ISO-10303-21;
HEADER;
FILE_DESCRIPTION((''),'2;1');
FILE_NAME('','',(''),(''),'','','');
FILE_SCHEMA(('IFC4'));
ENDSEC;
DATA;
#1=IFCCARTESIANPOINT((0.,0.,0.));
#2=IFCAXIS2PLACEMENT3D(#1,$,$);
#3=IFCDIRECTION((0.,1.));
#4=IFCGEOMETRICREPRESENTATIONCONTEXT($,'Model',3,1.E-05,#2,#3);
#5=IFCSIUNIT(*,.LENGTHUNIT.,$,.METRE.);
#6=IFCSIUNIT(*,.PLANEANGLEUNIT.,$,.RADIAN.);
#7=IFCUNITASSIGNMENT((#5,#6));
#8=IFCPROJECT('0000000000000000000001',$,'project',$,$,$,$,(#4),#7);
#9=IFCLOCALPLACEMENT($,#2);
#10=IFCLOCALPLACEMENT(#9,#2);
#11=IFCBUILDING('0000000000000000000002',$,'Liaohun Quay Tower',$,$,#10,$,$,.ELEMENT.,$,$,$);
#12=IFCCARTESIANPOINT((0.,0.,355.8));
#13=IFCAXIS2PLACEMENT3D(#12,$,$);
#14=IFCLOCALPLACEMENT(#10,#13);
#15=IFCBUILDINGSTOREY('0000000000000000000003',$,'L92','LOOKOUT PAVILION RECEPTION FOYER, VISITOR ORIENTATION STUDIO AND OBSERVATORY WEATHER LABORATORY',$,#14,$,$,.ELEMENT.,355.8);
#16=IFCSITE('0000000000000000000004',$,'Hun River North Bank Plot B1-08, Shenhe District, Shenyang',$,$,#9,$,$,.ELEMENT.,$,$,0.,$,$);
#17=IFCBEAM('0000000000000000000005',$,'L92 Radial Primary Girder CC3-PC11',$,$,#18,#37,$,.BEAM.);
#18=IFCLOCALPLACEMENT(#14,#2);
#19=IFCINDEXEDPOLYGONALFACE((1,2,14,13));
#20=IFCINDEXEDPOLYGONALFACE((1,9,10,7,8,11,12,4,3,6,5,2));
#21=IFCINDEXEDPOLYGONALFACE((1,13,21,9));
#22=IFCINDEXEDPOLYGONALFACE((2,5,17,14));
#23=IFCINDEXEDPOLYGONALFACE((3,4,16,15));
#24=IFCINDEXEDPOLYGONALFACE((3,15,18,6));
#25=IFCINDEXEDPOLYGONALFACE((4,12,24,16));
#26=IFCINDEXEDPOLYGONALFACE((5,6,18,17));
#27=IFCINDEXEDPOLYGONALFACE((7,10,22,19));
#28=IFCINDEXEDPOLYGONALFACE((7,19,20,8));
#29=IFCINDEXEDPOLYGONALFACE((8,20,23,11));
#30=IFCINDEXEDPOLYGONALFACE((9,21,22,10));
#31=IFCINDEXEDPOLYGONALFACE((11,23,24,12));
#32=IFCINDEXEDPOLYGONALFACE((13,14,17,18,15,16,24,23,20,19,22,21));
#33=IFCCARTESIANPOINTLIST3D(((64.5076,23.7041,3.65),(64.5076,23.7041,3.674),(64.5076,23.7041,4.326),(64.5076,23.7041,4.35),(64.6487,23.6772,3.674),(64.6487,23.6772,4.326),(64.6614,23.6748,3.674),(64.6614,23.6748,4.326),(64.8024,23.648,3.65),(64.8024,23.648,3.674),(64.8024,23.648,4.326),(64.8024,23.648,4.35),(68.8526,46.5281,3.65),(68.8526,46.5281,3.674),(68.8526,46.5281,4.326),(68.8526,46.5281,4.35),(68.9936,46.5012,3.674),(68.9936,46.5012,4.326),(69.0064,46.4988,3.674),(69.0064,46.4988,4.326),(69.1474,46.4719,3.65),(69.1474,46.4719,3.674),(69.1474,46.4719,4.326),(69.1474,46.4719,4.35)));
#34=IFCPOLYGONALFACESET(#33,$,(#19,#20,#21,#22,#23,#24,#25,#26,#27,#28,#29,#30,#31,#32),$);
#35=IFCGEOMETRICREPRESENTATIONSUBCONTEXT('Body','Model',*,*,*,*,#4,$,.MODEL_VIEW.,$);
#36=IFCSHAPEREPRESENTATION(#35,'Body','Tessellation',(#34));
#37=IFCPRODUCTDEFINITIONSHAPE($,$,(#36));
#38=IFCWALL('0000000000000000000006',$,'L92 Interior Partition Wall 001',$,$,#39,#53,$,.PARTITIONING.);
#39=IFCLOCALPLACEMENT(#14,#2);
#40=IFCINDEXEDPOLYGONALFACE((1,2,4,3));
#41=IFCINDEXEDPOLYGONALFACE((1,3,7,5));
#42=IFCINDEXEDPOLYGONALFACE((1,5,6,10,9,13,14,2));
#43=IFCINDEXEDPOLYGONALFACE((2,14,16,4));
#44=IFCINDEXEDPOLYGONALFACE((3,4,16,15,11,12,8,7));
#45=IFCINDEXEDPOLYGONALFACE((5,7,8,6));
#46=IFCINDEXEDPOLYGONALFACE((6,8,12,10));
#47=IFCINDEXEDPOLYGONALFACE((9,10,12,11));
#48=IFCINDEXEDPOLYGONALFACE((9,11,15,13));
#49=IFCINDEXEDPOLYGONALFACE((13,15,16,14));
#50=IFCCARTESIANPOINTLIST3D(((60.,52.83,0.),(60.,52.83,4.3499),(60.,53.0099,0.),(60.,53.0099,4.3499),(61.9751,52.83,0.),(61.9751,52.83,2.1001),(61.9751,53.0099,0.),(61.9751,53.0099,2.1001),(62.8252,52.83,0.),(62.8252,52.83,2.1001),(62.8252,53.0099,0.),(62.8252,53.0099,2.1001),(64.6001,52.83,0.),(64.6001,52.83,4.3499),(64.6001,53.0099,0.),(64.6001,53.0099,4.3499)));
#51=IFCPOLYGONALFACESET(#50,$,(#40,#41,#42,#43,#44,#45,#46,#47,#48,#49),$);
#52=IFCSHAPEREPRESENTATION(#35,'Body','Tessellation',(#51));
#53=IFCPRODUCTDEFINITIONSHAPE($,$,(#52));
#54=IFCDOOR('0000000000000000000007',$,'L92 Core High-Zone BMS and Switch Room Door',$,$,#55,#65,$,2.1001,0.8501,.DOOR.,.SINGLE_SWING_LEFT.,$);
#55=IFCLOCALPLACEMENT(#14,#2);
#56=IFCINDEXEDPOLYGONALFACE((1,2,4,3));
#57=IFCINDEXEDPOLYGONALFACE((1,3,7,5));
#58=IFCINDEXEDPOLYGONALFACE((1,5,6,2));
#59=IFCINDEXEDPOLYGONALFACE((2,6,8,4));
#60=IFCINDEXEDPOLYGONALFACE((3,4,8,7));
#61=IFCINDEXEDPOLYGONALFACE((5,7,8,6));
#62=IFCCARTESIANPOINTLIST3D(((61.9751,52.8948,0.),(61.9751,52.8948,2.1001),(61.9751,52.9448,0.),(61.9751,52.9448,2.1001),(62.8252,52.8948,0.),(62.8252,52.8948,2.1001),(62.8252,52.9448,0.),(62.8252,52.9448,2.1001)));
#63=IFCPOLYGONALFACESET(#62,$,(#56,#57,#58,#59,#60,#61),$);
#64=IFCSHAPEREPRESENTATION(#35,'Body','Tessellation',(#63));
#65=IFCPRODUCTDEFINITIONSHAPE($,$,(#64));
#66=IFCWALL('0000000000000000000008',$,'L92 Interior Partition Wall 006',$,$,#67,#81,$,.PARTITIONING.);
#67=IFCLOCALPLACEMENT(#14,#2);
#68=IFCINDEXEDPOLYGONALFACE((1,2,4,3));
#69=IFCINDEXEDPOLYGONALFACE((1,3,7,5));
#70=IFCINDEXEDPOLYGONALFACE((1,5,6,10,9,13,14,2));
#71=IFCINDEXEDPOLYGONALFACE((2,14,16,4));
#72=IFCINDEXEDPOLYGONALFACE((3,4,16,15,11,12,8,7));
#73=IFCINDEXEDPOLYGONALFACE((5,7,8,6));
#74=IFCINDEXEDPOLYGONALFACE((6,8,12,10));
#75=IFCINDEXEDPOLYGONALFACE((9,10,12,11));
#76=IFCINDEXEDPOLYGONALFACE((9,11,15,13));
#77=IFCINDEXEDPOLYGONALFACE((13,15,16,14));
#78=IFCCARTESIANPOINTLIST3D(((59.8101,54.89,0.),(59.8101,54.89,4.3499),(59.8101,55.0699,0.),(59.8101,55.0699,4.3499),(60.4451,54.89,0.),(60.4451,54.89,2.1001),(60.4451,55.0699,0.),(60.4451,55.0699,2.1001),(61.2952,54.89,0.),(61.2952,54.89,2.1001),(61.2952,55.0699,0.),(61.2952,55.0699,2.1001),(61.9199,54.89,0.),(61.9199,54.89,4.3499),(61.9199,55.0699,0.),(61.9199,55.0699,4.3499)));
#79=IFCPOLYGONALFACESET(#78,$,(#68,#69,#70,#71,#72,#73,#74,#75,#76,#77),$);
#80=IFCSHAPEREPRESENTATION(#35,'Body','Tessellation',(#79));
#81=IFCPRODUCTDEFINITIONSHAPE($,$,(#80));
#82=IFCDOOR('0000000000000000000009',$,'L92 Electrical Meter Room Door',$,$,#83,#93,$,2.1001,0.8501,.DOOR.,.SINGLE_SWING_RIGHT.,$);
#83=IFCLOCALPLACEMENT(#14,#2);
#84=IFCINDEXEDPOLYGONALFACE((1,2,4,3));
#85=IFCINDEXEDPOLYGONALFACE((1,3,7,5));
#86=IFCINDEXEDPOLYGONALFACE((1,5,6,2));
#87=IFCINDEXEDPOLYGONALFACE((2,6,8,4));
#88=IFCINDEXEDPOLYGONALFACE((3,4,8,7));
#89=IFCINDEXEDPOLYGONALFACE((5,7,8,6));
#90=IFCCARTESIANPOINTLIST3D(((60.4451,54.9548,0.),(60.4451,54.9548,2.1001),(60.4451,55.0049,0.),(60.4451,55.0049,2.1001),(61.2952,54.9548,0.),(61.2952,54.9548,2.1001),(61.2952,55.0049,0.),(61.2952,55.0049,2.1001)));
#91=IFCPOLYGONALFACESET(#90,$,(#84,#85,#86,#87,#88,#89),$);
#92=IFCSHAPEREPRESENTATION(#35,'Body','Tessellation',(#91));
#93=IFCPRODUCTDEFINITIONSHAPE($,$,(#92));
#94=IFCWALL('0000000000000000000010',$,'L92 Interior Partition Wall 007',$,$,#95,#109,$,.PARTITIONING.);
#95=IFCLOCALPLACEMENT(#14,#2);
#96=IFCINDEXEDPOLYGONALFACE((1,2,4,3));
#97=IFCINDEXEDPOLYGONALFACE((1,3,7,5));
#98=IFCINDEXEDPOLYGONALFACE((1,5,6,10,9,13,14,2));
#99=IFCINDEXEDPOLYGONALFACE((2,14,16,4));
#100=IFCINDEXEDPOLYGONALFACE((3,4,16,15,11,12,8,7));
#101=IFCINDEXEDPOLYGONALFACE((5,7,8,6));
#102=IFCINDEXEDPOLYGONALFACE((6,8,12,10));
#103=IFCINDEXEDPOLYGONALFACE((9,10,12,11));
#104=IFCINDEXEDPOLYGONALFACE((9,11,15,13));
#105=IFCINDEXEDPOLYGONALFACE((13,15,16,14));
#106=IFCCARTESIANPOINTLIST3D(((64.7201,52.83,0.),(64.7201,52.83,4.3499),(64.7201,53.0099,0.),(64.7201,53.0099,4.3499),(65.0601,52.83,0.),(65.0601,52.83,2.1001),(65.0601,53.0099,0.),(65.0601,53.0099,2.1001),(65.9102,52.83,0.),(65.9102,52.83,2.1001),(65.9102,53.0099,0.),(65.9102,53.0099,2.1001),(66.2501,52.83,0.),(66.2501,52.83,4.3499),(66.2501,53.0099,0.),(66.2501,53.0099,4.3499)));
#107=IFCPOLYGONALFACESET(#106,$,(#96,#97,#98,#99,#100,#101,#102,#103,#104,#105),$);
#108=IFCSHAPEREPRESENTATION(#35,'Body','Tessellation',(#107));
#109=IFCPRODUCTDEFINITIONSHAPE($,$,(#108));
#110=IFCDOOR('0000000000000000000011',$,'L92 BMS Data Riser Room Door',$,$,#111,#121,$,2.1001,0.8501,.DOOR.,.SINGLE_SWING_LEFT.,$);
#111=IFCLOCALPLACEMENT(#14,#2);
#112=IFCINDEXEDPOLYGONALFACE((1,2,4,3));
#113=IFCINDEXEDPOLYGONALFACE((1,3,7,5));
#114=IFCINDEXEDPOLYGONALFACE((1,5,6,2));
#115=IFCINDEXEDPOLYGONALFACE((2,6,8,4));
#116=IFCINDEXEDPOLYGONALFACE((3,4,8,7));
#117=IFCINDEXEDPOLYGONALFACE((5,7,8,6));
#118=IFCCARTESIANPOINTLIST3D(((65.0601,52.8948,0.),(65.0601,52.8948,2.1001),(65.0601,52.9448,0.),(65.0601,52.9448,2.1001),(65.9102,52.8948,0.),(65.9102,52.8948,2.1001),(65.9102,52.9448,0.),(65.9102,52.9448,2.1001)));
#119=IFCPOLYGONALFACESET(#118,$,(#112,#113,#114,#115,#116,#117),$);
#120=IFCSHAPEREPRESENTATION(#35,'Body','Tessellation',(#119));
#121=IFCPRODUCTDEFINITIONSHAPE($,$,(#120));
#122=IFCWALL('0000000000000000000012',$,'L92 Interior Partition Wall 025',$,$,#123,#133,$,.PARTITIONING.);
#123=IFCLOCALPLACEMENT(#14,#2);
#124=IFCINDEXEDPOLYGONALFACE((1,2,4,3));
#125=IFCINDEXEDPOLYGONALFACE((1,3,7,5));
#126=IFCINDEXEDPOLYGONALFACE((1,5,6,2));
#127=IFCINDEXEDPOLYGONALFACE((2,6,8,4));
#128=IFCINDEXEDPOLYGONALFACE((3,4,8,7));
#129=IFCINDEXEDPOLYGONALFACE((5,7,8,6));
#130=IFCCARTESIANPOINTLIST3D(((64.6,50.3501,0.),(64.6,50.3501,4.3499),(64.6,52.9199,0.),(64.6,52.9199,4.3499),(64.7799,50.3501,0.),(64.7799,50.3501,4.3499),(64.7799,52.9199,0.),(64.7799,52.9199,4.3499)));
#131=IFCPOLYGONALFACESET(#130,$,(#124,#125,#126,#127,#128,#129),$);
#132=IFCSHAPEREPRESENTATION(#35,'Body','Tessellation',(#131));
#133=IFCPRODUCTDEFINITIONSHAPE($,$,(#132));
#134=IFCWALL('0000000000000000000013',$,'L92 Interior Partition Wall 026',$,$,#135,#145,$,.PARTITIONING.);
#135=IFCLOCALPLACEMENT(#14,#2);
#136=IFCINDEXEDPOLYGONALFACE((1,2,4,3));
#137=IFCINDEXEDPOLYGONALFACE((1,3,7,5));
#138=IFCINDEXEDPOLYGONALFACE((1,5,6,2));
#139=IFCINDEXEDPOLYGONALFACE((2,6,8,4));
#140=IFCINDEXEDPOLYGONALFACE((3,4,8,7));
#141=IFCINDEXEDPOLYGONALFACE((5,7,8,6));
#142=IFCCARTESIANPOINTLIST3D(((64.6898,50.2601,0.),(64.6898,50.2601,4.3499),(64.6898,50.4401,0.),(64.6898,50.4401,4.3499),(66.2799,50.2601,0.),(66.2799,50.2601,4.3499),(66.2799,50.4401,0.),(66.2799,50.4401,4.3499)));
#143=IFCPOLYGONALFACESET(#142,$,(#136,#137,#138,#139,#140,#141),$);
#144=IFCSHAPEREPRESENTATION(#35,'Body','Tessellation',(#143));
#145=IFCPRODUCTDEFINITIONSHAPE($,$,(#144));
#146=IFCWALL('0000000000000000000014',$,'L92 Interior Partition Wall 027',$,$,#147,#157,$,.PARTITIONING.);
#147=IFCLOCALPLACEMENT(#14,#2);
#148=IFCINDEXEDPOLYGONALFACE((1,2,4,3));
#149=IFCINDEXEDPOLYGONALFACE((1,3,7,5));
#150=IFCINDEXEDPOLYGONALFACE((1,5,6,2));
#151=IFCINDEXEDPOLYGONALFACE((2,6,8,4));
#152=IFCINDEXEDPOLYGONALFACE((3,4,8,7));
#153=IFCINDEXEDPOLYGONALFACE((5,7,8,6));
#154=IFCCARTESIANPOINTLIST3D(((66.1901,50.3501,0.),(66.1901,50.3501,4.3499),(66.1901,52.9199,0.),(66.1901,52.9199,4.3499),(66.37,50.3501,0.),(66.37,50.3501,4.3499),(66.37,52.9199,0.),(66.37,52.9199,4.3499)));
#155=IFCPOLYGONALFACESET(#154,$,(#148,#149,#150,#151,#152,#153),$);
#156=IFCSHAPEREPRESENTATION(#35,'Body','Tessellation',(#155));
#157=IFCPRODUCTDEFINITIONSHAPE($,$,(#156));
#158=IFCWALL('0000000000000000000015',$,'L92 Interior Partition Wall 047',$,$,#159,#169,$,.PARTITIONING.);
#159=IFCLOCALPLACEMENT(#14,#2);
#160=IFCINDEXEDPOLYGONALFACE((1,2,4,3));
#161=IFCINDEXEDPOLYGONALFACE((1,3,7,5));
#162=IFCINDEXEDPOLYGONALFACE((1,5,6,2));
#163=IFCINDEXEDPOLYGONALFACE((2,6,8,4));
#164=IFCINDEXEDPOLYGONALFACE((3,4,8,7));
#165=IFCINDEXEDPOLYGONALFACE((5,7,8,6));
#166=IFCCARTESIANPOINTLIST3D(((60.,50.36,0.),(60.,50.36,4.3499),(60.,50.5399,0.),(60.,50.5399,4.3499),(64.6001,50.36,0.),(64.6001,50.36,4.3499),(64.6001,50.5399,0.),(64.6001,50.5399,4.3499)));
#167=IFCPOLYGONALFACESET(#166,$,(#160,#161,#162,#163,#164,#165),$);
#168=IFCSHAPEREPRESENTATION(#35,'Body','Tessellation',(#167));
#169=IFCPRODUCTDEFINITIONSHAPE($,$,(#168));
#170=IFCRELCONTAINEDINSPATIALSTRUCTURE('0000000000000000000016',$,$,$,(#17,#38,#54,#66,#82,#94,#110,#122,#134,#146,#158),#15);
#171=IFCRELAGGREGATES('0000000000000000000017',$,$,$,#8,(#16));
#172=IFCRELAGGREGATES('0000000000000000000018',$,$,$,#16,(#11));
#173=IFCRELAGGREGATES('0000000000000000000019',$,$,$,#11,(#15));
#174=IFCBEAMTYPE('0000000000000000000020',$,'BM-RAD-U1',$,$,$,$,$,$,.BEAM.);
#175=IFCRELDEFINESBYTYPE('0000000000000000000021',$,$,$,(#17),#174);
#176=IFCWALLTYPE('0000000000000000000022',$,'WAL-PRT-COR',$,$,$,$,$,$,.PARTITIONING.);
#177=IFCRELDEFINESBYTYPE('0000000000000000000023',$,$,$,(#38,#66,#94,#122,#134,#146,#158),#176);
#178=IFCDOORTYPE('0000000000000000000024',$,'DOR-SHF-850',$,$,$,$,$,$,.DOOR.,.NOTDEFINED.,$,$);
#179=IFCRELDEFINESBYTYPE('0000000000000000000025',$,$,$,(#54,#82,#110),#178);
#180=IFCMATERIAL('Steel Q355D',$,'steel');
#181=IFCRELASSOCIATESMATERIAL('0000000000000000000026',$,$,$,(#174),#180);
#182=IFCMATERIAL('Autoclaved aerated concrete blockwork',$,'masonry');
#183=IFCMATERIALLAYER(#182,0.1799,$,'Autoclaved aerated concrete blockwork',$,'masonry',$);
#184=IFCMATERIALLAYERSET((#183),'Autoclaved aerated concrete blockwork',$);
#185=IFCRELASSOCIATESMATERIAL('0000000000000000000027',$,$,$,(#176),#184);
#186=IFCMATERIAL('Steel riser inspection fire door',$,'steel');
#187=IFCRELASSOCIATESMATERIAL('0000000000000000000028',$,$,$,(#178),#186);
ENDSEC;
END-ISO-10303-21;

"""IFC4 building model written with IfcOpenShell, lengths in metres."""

from ifc_helpers import new_model, si_unit, direction, frame, frame_2d, origin, origin_2d, place, context, subcontext, project, spatial, rectangle, i_section, extrude, source, transform, mapped, material, layer, layer_set, material_profile, profile_set, type_object, element, fill, save


model = new_model("IFC4")

# Units and contexts
model_context = context("Model", 3, precision=1e-05, world=origin(), true_north=direction((0.0, 1.0)))
body_context = subcontext(model_context, "Body", "Model", "MODEL_VIEW")
ifc_project = project(units=[si_unit("LENGTHUNIT", "METRE"), si_unit("PLANEANGLEUNIT", "RADIAN")], contexts=[model_context])

# Site, building, storey
site_placement = place(None, origin())
site = spatial("IfcSite", under=ifc_project, at=site_placement, Name="Hun River North Bank Plot B1-08, Shenhe District, Shenyang", CompositionType="ELEMENT", RefElevation=0.0)
building_placement = place(site_placement, origin())
building = spatial("IfcBuilding", under=site, at=building_placement, Name="Liaohun Quay Tower", CompositionType="ELEMENT")
storey_placement = place(building_placement, frame((0.0, 0.0, 355.8)))
storey = spatial("IfcBuildingStorey", under=building, at=storey_placement, Name="L92", Description="LOOKOUT PAVILION RECEPTION FOYER, VISITOR ORIENTATION STUDIO AND OBSERVATORY WEATHER LABORATORY", CompositionType="ELEMENT", Elevation=355.8)

# Beam
ifc_material_1 = material(Name="Steel Q355D", Category="steel")
ifc_material_profile = material_profile(ifc_material_1, i_section(OverallWidth=0.3, OverallDepth=0.7, WebThickness=0.0129, FlangeThickness=0.0239, at=origin_2d()), Name="HN700x300x13x24")
ifc_profile_set = profile_set([ifc_material_profile], Name="Steel Q355D")
beam_type = type_object("IfcBeamType", Name="BM-RAD-U1", PredefinedType="BEAM", material=ifc_profile_set)
shared_shape_1 = source(origin(), body_context, "Body", "SweptSolid", [
    extrude(i_section(OverallWidth=0.3, OverallDepth=0.7, WebThickness=0.0129, FlangeThickness=0.0239, at=origin_2d()), origin(), (0.0, 0.0, 1.0), 23.2339),
])
beam_placement = place(storey_placement, frame((69.0, 46.5, 4.0), z_axis=(-0.18701, -0.982358, 0.0), x_axis=(0.982358, -0.18701, 0.0)))
element("IfcBeam", 1, at=beam_placement, inside=storey, type_object=beam_type, Name="L92 Radial Primary Girder CC3-PC11", PredefinedType="BEAM", context=body_context, shape_type="MappedRepresentation", body=[
    mapped(shared_shape_1, transform((0.0, 0.0, 0.0), x_axis=(1.0, 0.0, 0.0), y_axis=(0.0, 1.0, 0.0), z_axis=(0.0, 0.0, 1.0), scale=1.0)),
])

# Walls, openings, doors
ifc_material_2 = material(Name="Autoclaved aerated concrete blockwork", Category="masonry")
ifc_layer_1 = layer(ifc_material_2, 0.1799, Name="Autoclaved aerated concrete blockwork", Category="masonry")
ifc_layer_set_1 = layer_set([ifc_layer_1], Name="Autoclaved aerated concrete blockwork")
wall_type_1 = type_object("IfcWallType", Name="WAL-PRT-COR", PredefinedType="PARTITIONING", material=ifc_layer_set_1)
wall_1_placement = place(storey_placement, frame((60.0, 52.9199, 0.0), z_axis=(0.0, 0.0, 1.0), x_axis=(1.0, 0.0, 0.0)))
wall_1 = element("IfcWall", 2, at=wall_1_placement, inside=storey, type_object=wall_type_1, Name="L92 Interior Partition Wall 001", PredefinedType="PARTITIONING", context=body_context, shape_type="SweptSolid", body=[
    extrude(rectangle(XDim=4.6001, YDim=0.1799, at=frame_2d((2.3, 0.0))), origin(), (0.0, 0.0, 1.0), 4.3499),
])
shared_shape_2 = source(origin(), body_context, "Body", "SweptSolid", [
    extrude(rectangle(XDim=0.8501, YDim=2.1001, at=frame_2d((0.425, 1.05))), frame((0.0, 0.0999, 0.0), z_axis=(0.0, -1.0, 0.0), x_axis=(1.0, 0.0, 0.0)), (0.0, 0.0, 1.0), 0.2),
])
opening_1_placement = place(wall_1_placement, frame((1.9751, 0.0, 0.0)))
opening_1 = element("IfcOpeningElement", 3, at=opening_1_placement, cuts=wall_1, PredefinedType="OPENING", context=body_context, shape_type="MappedRepresentation", body=[
    mapped(shared_shape_2, transform((0.0, 0.0, 0.0), x_axis=(1.0, 0.0, 0.0), y_axis=(0.0, 1.0, 0.0), z_axis=(0.0, 0.0, 1.0), scale=1.0)),
])
ifc_material_3 = material(Name="Steel riser inspection fire door", Category="steel")
door_type_1 = type_object("IfcDoorType", Name="DOR-SHF-850", OperationType="NOTDEFINED", PredefinedType="DOOR", material=ifc_material_3)
shared_shape_3 = source(origin(), body_context, "Body", "SweptSolid", [
    extrude(rectangle(XDim=0.8501, YDim=2.1001, at=frame_2d((0.425, 1.05))), frame((0.0, 0.0249, 0.0), z_axis=(0.0, -1.0, 0.0), x_axis=(1.0, 0.0, 0.0)), (0.0, 0.0, 1.0), 0.05),
])
door_1_placement = place(opening_1_placement, origin())
door_1 = element("IfcDoor", 4, at=door_1_placement, inside=storey, type_object=door_type_1, Name="L92 Core High-Zone BMS and Switch Room Door", OperationType="SINGLE_SWING_LEFT", OverallHeight=2.1001, OverallWidth=0.8501, PredefinedType="DOOR", context=body_context, shape_type="MappedRepresentation", body=[
    mapped(shared_shape_3, transform((0.0, 0.0, 0.0), x_axis=(1.0, 0.0, 0.0), y_axis=(0.0, 1.0, 0.0), z_axis=(0.0, 0.0, 1.0), scale=1.0)),
])
fill(opening_1, door_1)
wall_2_placement = place(storey_placement, frame((59.8101, 54.98, 0.0), z_axis=(0.0, 0.0, 1.0), x_axis=(1.0, 0.0, 0.0)))
wall_2 = element("IfcWall", 5, at=wall_2_placement, inside=storey, type_object=wall_type_1, Name="L92 Interior Partition Wall 006", PredefinedType="PARTITIONING", context=body_context, shape_type="SweptSolid", body=[
    extrude(rectangle(XDim=2.1099, YDim=0.1799, at=frame_2d((1.0549, 0.0))), origin(), (0.0, 0.0, 1.0), 4.3499),
])
opening_2_placement = place(wall_2_placement, frame((0.635, 0.0, 0.0)))
opening_2 = element("IfcOpeningElement", 6, at=opening_2_placement, cuts=wall_2, PredefinedType="OPENING", context=body_context, shape_type="MappedRepresentation", body=[
    mapped(shared_shape_2, transform((0.0, 0.0, 0.0), x_axis=(1.0, 0.0, 0.0), y_axis=(0.0, 1.0, 0.0), z_axis=(0.0, 0.0, 1.0), scale=1.0)),
])
door_2_placement = place(opening_2_placement, origin())
door_2 = element("IfcDoor", 7, at=door_2_placement, inside=storey, type_object=door_type_1, Name="L92 Electrical Meter Room Door", OperationType="SINGLE_SWING_RIGHT", OverallHeight=2.1001, OverallWidth=0.8501, PredefinedType="DOOR", context=body_context, shape_type="MappedRepresentation", body=[
    mapped(shared_shape_3, transform((0.0, 0.0, 0.0), x_axis=(1.0, 0.0, 0.0), y_axis=(0.0, 1.0, 0.0), z_axis=(0.0, 0.0, 1.0), scale=1.0)),
])
fill(opening_2, door_2)
wall_3_placement = place(storey_placement, frame((64.72, 52.9199, 0.0), z_axis=(0.0, 0.0, 1.0), x_axis=(1.0, 0.0, 0.0)))
wall_3 = element("IfcWall", 8, at=wall_3_placement, inside=storey, type_object=wall_type_1, Name="L92 Interior Partition Wall 007", PredefinedType="PARTITIONING", context=body_context, shape_type="SweptSolid", body=[
    extrude(rectangle(XDim=1.53, YDim=0.1799, at=frame_2d((0.7651, 0.0))), origin(), (0.0, 0.0, 1.0), 4.3499),
])
opening_3_placement = place(wall_3_placement, frame((0.3401, 0.0, 0.0)))
opening_3 = element("IfcOpeningElement", 9, at=opening_3_placement, cuts=wall_3, PredefinedType="OPENING", context=body_context, shape_type="MappedRepresentation", body=[
    mapped(shared_shape_2, transform((0.0, 0.0, 0.0), x_axis=(1.0, 0.0, 0.0), y_axis=(0.0, 1.0, 0.0), z_axis=(0.0, 0.0, 1.0), scale=1.0)),
])
door_3_placement = place(opening_3_placement, origin())
door_3 = element("IfcDoor", 10, at=door_3_placement, inside=storey, type_object=door_type_1, Name="L92 BMS Data Riser Room Door", OperationType="SINGLE_SWING_LEFT", OverallHeight=2.1001, OverallWidth=0.8501, PredefinedType="DOOR", context=body_context, shape_type="MappedRepresentation", body=[
    mapped(shared_shape_3, transform((0.0, 0.0, 0.0), x_axis=(1.0, 0.0, 0.0), y_axis=(0.0, 1.0, 0.0), z_axis=(0.0, 0.0, 1.0), scale=1.0)),
])
fill(opening_3, door_3)

# Walls
wall_4_placement = place(storey_placement, frame((64.6899, 50.3501, 0.0), z_axis=(0.0, 0.0, 1.0), x_axis=(0.0, 1.0, 0.0)))
element("IfcWall", 11, at=wall_4_placement, inside=storey, type_object=wall_type_1, Name="L92 Interior Partition Wall 025", PredefinedType="PARTITIONING", context=body_context, shape_type="SweptSolid", body=[
    extrude(rectangle(XDim=2.5698, YDim=0.1799, at=frame_2d((1.2849, 0.0))), origin(), (0.0, 0.0, 1.0), 4.3499),
])
wall_5_placement = place(storey_placement, frame((64.6899, 50.3501, 0.0), z_axis=(0.0, 0.0, 1.0), x_axis=(1.0, 0.0, 0.0)))
element("IfcWall", 12, at=wall_5_placement, inside=storey, type_object=wall_type_1, Name="L92 Interior Partition Wall 026", PredefinedType="PARTITIONING", context=body_context, shape_type="SweptSolid", body=[
    extrude(rectangle(XDim=1.5901, YDim=0.1799, at=frame_2d((0.7949, 0.0))), origin(), (0.0, 0.0, 1.0), 4.3499),
])
wall_6_placement = place(storey_placement, frame((66.28, 50.3501, 0.0), z_axis=(0.0, 0.0, 1.0), x_axis=(0.0, 1.0, 0.0)))
element("IfcWall", 13, at=wall_6_placement, inside=storey, type_object=wall_type_1, Name="L92 Interior Partition Wall 027", PredefinedType="PARTITIONING", context=body_context, shape_type="SweptSolid", body=[
    extrude(rectangle(XDim=2.5698, YDim=0.1799, at=frame_2d((1.2849, 0.0))), origin(), (0.0, 0.0, 1.0), 4.3499),
])
wall_7_placement = place(storey_placement, frame((60.0, 50.45, 0.0), z_axis=(0.0, 0.0, 1.0), x_axis=(1.0, 0.0, 0.0)))
element("IfcWall", 14, at=wall_7_placement, inside=storey, type_object=wall_type_1, Name="L92 Interior Partition Wall 047", PredefinedType="PARTITIONING", context=body_context, shape_type="SweptSolid", body=[
    extrude(rectangle(XDim=4.6001, YDim=0.1799, at=frame_2d((2.3, 0.0))), origin(), (0.0, 0.0, 1.0), 4.3499),
])

save(model, "model.ifc")
